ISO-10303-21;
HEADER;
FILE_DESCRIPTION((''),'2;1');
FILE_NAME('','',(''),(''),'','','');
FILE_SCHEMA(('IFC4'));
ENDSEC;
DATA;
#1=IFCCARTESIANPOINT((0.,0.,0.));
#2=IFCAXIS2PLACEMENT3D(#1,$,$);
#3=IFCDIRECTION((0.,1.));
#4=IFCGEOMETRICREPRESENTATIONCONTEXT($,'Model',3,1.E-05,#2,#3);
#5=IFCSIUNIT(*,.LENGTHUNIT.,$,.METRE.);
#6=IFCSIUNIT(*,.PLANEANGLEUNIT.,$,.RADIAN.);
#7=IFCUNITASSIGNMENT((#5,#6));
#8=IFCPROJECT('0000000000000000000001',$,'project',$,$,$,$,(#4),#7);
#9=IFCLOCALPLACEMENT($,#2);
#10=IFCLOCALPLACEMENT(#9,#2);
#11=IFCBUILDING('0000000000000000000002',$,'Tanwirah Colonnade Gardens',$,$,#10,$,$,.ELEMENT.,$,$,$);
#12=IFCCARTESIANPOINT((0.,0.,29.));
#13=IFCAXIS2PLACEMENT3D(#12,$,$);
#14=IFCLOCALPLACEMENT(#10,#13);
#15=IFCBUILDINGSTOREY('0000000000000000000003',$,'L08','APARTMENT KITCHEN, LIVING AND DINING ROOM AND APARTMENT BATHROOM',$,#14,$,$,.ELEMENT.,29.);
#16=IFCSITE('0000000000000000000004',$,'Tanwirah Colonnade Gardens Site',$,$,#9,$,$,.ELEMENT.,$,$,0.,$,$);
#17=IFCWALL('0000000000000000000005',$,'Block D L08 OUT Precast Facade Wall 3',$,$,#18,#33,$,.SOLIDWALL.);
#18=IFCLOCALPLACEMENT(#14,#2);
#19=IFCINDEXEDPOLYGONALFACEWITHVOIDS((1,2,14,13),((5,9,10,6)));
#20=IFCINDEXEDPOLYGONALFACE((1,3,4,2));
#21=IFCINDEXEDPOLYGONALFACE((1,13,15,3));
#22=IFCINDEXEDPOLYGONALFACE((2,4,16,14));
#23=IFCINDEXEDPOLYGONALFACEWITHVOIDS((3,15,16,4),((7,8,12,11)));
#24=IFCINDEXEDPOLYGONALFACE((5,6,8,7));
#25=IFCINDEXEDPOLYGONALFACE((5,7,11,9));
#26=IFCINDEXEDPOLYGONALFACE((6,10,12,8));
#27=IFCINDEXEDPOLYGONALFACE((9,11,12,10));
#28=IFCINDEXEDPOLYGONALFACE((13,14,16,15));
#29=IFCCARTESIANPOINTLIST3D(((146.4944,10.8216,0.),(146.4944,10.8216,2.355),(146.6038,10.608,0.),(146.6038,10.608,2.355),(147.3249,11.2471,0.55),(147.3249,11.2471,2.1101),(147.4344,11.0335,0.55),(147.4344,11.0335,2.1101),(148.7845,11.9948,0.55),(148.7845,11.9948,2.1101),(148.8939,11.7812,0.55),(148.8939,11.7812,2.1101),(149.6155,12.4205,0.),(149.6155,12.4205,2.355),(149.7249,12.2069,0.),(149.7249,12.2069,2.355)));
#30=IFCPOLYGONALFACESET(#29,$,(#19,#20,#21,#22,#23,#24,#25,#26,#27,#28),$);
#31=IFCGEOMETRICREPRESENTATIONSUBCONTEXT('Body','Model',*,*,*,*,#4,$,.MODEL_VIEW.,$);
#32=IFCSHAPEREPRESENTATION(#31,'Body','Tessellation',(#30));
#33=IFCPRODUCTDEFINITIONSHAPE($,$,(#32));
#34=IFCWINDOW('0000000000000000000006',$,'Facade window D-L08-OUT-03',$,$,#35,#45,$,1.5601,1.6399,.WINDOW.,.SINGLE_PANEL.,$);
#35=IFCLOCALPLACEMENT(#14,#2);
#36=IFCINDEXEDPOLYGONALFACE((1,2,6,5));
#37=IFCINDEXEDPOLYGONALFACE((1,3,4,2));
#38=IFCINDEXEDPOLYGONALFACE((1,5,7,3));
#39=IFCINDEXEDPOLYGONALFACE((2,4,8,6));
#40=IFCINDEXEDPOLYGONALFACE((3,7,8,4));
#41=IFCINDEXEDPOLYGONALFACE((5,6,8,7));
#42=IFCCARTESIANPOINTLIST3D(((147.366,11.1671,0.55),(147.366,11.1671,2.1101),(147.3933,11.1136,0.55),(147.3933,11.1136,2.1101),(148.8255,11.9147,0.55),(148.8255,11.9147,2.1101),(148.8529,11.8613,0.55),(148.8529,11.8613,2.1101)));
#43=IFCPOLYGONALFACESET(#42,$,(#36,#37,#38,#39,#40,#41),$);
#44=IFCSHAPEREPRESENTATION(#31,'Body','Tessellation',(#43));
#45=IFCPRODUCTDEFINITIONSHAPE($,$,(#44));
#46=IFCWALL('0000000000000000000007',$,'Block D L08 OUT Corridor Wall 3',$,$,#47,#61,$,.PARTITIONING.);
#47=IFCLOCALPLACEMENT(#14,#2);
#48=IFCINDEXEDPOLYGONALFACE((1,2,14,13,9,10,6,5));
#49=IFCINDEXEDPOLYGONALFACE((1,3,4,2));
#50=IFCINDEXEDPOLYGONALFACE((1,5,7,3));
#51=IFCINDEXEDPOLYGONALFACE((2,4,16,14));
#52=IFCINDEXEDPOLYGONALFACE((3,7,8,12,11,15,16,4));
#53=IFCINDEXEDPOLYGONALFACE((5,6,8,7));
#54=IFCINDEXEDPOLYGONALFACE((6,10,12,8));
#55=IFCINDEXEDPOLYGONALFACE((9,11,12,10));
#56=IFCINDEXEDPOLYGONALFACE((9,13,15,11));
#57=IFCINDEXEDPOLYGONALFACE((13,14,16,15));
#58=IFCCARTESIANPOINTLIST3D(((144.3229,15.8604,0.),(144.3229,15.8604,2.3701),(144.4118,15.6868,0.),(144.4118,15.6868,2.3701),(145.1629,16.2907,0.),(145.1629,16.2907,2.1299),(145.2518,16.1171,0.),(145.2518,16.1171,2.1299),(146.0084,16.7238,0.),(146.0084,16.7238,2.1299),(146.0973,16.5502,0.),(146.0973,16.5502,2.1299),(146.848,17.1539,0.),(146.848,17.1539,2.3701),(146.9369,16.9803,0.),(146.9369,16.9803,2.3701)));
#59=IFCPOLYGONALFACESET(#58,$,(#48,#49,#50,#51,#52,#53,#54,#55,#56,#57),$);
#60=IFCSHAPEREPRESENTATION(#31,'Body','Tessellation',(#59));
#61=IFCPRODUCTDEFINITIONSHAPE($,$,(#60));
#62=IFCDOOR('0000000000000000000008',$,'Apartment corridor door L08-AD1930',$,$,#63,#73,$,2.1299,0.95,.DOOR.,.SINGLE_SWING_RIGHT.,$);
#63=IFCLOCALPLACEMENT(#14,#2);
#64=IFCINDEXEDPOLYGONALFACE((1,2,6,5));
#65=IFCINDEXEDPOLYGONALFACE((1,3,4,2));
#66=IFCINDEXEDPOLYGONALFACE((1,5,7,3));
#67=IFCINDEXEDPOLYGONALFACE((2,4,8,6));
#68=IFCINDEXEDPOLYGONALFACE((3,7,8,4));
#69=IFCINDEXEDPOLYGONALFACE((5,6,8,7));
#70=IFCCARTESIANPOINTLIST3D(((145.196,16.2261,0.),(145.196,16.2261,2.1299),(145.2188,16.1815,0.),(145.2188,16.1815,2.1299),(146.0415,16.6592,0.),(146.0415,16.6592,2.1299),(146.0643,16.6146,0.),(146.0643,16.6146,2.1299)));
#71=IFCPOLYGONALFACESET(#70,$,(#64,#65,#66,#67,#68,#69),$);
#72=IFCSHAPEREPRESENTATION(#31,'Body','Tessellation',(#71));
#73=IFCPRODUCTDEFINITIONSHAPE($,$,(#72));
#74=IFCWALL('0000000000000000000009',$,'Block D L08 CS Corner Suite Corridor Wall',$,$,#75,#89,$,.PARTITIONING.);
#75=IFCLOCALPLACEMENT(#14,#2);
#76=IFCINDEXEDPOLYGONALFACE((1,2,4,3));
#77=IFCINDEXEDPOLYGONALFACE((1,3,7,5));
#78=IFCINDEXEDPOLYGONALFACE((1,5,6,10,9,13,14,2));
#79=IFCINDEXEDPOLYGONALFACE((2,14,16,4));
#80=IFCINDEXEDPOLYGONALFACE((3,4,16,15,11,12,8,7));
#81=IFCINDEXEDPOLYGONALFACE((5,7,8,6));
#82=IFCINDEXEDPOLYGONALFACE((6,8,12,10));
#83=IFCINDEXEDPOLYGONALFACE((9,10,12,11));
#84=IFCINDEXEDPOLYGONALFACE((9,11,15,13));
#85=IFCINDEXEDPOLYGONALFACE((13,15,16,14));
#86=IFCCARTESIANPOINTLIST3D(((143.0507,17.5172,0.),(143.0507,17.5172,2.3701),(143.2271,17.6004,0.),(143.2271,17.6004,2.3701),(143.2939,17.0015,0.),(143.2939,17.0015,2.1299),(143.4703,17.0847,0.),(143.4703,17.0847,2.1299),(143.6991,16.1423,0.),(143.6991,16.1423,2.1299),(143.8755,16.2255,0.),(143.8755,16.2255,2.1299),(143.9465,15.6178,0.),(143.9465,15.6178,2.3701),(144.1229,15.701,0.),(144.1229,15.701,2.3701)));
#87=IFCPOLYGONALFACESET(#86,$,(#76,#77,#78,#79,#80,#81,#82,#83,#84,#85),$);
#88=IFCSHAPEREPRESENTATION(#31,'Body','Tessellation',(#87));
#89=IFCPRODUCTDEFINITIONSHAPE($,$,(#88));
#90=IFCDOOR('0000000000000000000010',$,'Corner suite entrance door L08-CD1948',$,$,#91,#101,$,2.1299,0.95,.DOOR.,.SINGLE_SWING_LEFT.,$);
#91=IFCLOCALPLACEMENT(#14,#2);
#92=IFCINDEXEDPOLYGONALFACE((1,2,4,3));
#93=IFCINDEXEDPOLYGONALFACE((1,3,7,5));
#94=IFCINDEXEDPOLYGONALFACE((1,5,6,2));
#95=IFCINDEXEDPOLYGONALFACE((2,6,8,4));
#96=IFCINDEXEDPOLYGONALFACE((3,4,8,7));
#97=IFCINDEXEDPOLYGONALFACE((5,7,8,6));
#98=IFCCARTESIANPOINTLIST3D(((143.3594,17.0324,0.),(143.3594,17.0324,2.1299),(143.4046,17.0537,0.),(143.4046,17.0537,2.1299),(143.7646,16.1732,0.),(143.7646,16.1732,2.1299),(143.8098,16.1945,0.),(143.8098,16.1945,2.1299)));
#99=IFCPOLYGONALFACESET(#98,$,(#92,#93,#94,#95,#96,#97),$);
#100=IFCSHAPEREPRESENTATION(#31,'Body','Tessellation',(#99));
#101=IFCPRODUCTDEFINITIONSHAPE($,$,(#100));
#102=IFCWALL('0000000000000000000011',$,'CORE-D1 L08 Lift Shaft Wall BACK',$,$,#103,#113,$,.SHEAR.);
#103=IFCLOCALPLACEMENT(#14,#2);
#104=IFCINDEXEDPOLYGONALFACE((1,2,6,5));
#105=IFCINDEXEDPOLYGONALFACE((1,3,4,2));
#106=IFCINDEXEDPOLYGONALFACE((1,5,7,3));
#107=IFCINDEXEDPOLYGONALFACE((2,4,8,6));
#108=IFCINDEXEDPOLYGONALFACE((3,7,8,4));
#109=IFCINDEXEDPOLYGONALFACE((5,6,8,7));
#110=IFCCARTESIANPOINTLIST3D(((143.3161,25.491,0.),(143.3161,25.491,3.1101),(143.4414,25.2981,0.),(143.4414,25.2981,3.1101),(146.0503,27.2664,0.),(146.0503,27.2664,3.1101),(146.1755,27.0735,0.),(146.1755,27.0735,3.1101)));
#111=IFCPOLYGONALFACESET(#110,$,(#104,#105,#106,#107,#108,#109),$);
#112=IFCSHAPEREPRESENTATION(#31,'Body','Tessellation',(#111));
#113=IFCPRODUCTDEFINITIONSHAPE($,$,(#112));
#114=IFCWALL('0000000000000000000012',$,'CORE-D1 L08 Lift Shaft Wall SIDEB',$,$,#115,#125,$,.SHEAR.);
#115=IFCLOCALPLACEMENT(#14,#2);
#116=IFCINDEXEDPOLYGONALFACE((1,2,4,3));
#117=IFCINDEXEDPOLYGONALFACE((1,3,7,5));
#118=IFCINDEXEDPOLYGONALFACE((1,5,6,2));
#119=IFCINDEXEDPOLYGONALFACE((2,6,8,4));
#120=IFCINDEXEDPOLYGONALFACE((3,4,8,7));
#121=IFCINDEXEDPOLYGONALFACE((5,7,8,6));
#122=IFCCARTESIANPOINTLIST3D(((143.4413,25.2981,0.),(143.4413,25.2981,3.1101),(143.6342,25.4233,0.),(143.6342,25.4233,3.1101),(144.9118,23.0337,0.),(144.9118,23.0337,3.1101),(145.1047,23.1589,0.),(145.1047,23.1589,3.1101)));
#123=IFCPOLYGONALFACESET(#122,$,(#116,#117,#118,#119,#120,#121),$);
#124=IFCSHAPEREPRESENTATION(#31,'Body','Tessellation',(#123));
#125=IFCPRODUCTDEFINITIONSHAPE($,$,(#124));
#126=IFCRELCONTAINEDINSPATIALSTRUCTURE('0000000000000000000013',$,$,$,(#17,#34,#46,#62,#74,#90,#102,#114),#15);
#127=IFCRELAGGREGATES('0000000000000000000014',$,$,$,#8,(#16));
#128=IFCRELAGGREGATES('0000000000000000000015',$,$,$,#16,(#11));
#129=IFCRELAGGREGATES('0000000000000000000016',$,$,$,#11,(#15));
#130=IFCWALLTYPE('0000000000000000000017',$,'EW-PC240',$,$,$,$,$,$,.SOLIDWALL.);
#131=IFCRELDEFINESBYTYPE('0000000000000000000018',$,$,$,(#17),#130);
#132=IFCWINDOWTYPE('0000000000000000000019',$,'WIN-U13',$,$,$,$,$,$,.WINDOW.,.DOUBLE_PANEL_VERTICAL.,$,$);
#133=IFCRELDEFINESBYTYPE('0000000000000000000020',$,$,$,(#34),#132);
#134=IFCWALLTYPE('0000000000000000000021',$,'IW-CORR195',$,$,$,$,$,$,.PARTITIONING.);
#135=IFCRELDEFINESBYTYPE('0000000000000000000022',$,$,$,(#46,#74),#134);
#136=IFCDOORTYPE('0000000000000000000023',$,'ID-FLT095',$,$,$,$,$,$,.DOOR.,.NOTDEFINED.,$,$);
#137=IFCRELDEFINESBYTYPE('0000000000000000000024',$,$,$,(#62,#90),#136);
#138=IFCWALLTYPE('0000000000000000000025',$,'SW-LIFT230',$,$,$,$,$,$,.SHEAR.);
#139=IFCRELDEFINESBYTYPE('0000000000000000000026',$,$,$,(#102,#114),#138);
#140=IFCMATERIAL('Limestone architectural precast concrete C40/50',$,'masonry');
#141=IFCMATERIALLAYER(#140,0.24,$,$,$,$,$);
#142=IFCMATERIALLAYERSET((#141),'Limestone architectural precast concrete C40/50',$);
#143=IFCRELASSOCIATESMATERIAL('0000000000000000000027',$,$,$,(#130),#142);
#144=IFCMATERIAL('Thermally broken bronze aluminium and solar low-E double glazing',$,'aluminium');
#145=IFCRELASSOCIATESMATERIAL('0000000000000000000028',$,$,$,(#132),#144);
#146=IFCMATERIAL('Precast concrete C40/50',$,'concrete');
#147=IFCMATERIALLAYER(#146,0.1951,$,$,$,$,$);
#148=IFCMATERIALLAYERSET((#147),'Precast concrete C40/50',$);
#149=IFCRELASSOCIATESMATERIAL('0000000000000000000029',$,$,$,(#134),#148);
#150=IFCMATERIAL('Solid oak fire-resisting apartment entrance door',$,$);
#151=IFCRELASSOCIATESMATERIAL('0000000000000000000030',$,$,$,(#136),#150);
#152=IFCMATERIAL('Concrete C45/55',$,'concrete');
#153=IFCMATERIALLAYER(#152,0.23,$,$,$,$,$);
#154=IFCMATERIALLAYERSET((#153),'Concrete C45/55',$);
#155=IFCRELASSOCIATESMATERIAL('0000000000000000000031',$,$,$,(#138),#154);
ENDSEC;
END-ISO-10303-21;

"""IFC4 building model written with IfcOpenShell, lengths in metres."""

from ifc_helpers import new_model, si_unit, direction, frame, frame_2d, origin, place, context, subcontext, project, spatial, rectangle, extrude, material, layer, layer_set, type_object, element, fill, save


model = new_model("IFC4")

# Units and contexts
model_context = context("Model", 3, precision=1e-05, world=origin(), true_north=direction((0.0, 1.0)))
body_context = subcontext(model_context, "Body", "Model", "MODEL_VIEW")
ifc_project = project(units=[si_unit("LENGTHUNIT", "METRE"), si_unit("PLANEANGLEUNIT", "RADIAN")], contexts=[model_context])

# Site, building, storey
site_placement = place(None, origin())
site = spatial("IfcSite", under=ifc_project, at=site_placement, Name="Tanwirah Colonnade Gardens Site", CompositionType="ELEMENT", RefElevation=0.0)
building_placement = place(site_placement, origin())
building = spatial("IfcBuilding", under=site, at=building_placement, Name="Tanwirah Colonnade Gardens", CompositionType="ELEMENT")
storey_placement = place(building_placement, frame((0.0, 0.0, 29.0)))
storey = spatial("IfcBuildingStorey", under=building, at=storey_placement, Name="L08", Description="APARTMENT KITCHEN, LIVING AND DINING ROOM AND APARTMENT BATHROOM", CompositionType="ELEMENT", Elevation=29.0)

# Shared definitions
ifc_material_1 = material(Name="Precast concrete C40/50", Category="concrete")

# Wall, opening, window
ifc_material_2 = material(Name="Limestone architectural precast concrete C40/50", Category="masonry")
ifc_layer_1 = layer(ifc_material_2, 0.24)
ifc_layer_set_1 = layer_set([ifc_layer_1], Name="Limestone architectural precast concrete C40/50")
wall_type_1 = type_object("IfcWallType", Name="EW-PC240", PredefinedType="SOLIDWALL", material=ifc_layer_set_1)
wall_1_placement = place(storey_placement, frame((146.5491, 10.7148, 0.0), z_axis=(0.0, 0.0, 1.0), x_axis=(0.890012, 0.455936, 0.0)))
wall_1 = element("IfcWall", 1, at=wall_1_placement, inside=storey, type_object=wall_type_1, Name="Block D L08 OUT Precast Facade Wall 3", PredefinedType="SOLIDWALL", context=body_context, shape_type="SweptSolid", body=[
    extrude(rectangle(XDim=3.5068, YDim=0.24, at=frame_2d((1.7534, 0.0))), origin(), (0.0, 0.0, 1.0), 2.355),
])
opening_1_placement = place(wall_1_placement, frame((0.9333, 0.0, 0.55)))
opening_1 = element("IfcOpeningElement", 2, at=opening_1_placement, cuts=wall_1, PredefinedType="OPENING", context=body_context, shape_type="SweptSolid", body=[
    extrude(rectangle(XDim=1.6399, YDim=1.5601, at=frame_2d((0.8198, 0.78))), frame((0.0, 0.1299, 0.0), z_axis=(0.0, -1.0, 0.0), x_axis=(1.0, 0.0, 0.0)), (0.0, 0.0, 1.0), 0.26),
])
ifc_material_3 = material(Name="Thermally broken bronze aluminium and solar low-E double glazing", Category="aluminium")
window_type = type_object("IfcWindowType", Name="WIN-U13", PartitioningType="DOUBLE_PANEL_VERTICAL", PredefinedType="WINDOW", material=ifc_material_3)
window_placement = place(opening_1_placement, origin())
window = element("IfcWindow", 3, at=window_placement, inside=storey, type_object=window_type, Name="Facade window D-L08-OUT-03", OverallHeight=1.5601, OverallWidth=1.6399, PartitioningType="SINGLE_PANEL", PredefinedType="WINDOW", context=body_context, shape_type="SweptSolid", body=[
    extrude(rectangle(XDim=1.6399, YDim=1.5601, at=frame_2d((0.8198, 0.78))), frame((0.0, 0.03, 0.0), z_axis=(0.0, -1.0, 0.0), x_axis=(1.0, 0.0, 0.0)), (0.0, 0.0, 1.0), 0.0601),
])
fill(opening_1, window)

# Walls, openings, doors
ifc_layer_2 = layer(ifc_material_1, 0.1951)
ifc_layer_set_2 = layer_set([ifc_layer_2], Name="Precast concrete C40/50")
wall_type_2 = type_object("IfcWallType", Name="IW-CORR195", PredefinedType="PARTITIONING", material=ifc_layer_set_2)
wall_2_placement = place(storey_placement, frame((144.3674, 15.7737, 0.0), z_axis=(0.0, 0.0, 1.0), x_axis=(0.890031, 0.455901, 0.0)))
wall_2 = element("IfcWall", 4, at=wall_2_placement, inside=storey, type_object=wall_type_2, Name="Block D L08 OUT Corridor Wall 3", PredefinedType="PARTITIONING", context=body_context, shape_type="SweptSolid", body=[
    extrude(rectangle(XDim=2.8372, YDim=0.1951, at=frame_2d((1.4185, 0.0))), origin(), (0.0, 0.0, 1.0), 2.3701),
])
opening_2_placement = place(wall_2_placement, frame((0.9436, 0.0, 0.0)))
opening_2 = element("IfcOpeningElement", 5, at=opening_2_placement, cuts=wall_2, PredefinedType="OPENING", context=body_context, shape_type="SweptSolid", body=[
    extrude(rectangle(XDim=0.95, YDim=2.1299, at=frame_2d((0.4751, 1.0649))), frame((0.0, 0.1074, 0.0), z_axis=(0.0, -1.0, 0.0), x_axis=(1.0, 0.0, 0.0)), (0.0, 0.0, 1.0), 0.2151),
])
ifc_material_4 = material(Name="Solid oak fire-resisting apartment entrance door")
door_type = type_object("IfcDoorType", Name="ID-FLT095", OperationType="NOTDEFINED", PredefinedType="DOOR", material=ifc_material_4)
door_1_placement = place(opening_2_placement, origin())
door_1 = element("IfcDoor", 6, at=door_1_placement, inside=storey, type_object=door_type, Name="Apartment corridor door L08-AD1930", OperationType="SINGLE_SWING_RIGHT", OverallHeight=2.1299, OverallWidth=0.95, PredefinedType="DOOR", context=body_context, shape_type="SweptSolid", body=[
    extrude(rectangle(XDim=0.95, YDim=2.1299, at=frame_2d((0.4751, 1.0649))), frame((0.0, 0.0249, 0.0), z_axis=(0.0, -1.0, 0.0), x_axis=(1.0, 0.0, 0.0)), (0.0, 0.0, 1.0), 0.05),
])
fill(opening_2, door_1)
wall_3_placement = place(storey_placement, frame((143.1389, 17.5588, 0.0), z_axis=(0.0, 0.0, 1.0), x_axis=(0.426542, -0.904468, 0.0)))
wall_3 = element("IfcWall", 7, at=wall_3_placement, inside=storey, type_object=wall_type_2, Name="Block D L08 CS Corner Suite Corridor Wall", PredefinedType="PARTITIONING", context=body_context, shape_type="SweptSolid", body=[
    extrude(rectangle(XDim=2.1001, YDim=0.1951, at=frame_2d((1.05, 0.0))), origin(), (0.0, 0.0, 1.0), 2.3701),
])
opening_3_placement = place(wall_3_placement, frame((0.5701, 0.0, 0.0)))
opening_3 = element("IfcOpeningElement", 8, at=opening_3_placement, cuts=wall_3, PredefinedType="OPENING", context=body_context, shape_type="SweptSolid", body=[
    extrude(rectangle(XDim=0.95, YDim=2.1299, at=frame_2d((0.4751, 1.0649))), frame((0.0, 0.1074, 0.0), z_axis=(0.0, -1.0, 0.0), x_axis=(1.0, 0.0, 0.0)), (0.0, 0.0, 1.0), 0.2151),
])
door_2_placement = place(opening_3_placement, origin())
door_2 = element("IfcDoor", 9, at=door_2_placement, inside=storey, type_object=door_type, Name="Corner suite entrance door L08-CD1948", OperationType="SINGLE_SWING_LEFT", OverallHeight=2.1299, OverallWidth=0.95, PredefinedType="DOOR", context=body_context, shape_type="SweptSolid", body=[
    extrude(rectangle(XDim=0.95, YDim=2.1299, at=frame_2d((0.4751, 1.0649))), frame((0.0, 0.0249, 0.0), z_axis=(0.0, -1.0, 0.0), x_axis=(1.0, 0.0, 0.0)), (0.0, 0.0, 1.0), 0.05),
])
fill(opening_3, door_2)

# Walls
ifc_material_5 = material(Name="Concrete C45/55", Category="concrete")
ifc_layer_3 = layer(ifc_material_5, 0.23)
ifc_layer_set_3 = layer_set([ifc_layer_3], Name="Concrete C45/55")
wall_type_3 = type_object("IfcWallType", Name="SW-LIFT230", PredefinedType="SHEAR", material=ifc_layer_set_3)
wall_4_placement = place(storey_placement, frame((146.1128, 27.1699, 0.0), z_axis=(0.0, 0.0, 1.0), x_axis=(-0.838695, -0.544601, 0.0)))
element("IfcWall", 10, at=wall_4_placement, inside=storey, type_object=wall_type_3, Name="CORE-D1 L08 Lift Shaft Wall BACK", PredefinedType="SHEAR", context=body_context, shape_type="SweptSolid", body=[
    extrude(rectangle(XDim=3.26, YDim=0.23, at=frame_2d((1.6299, 0.0))), origin(), (0.0, 0.0, 1.0), 3.1101),
])
wall_5_placement = place(storey_placement, frame((145.0083, 23.0962, 0.0), z_axis=(0.0, 0.0, 1.0), x_axis=(-0.544623, 0.838681, 0.0)))
element("IfcWall", 11, at=wall_5_placement, inside=storey, type_object=wall_type_3, Name="CORE-D1 L08 Lift Shaft Wall SIDEB", PredefinedType="SHEAR", context=body_context, shape_type="SweptSolid", body=[
    extrude(rectangle(XDim=2.7, YDim=0.23, at=frame_2d((1.3501, 0.0))), origin(), (0.0, 0.0, 1.0), 3.1101),
])

save(model, "model.ifc")
